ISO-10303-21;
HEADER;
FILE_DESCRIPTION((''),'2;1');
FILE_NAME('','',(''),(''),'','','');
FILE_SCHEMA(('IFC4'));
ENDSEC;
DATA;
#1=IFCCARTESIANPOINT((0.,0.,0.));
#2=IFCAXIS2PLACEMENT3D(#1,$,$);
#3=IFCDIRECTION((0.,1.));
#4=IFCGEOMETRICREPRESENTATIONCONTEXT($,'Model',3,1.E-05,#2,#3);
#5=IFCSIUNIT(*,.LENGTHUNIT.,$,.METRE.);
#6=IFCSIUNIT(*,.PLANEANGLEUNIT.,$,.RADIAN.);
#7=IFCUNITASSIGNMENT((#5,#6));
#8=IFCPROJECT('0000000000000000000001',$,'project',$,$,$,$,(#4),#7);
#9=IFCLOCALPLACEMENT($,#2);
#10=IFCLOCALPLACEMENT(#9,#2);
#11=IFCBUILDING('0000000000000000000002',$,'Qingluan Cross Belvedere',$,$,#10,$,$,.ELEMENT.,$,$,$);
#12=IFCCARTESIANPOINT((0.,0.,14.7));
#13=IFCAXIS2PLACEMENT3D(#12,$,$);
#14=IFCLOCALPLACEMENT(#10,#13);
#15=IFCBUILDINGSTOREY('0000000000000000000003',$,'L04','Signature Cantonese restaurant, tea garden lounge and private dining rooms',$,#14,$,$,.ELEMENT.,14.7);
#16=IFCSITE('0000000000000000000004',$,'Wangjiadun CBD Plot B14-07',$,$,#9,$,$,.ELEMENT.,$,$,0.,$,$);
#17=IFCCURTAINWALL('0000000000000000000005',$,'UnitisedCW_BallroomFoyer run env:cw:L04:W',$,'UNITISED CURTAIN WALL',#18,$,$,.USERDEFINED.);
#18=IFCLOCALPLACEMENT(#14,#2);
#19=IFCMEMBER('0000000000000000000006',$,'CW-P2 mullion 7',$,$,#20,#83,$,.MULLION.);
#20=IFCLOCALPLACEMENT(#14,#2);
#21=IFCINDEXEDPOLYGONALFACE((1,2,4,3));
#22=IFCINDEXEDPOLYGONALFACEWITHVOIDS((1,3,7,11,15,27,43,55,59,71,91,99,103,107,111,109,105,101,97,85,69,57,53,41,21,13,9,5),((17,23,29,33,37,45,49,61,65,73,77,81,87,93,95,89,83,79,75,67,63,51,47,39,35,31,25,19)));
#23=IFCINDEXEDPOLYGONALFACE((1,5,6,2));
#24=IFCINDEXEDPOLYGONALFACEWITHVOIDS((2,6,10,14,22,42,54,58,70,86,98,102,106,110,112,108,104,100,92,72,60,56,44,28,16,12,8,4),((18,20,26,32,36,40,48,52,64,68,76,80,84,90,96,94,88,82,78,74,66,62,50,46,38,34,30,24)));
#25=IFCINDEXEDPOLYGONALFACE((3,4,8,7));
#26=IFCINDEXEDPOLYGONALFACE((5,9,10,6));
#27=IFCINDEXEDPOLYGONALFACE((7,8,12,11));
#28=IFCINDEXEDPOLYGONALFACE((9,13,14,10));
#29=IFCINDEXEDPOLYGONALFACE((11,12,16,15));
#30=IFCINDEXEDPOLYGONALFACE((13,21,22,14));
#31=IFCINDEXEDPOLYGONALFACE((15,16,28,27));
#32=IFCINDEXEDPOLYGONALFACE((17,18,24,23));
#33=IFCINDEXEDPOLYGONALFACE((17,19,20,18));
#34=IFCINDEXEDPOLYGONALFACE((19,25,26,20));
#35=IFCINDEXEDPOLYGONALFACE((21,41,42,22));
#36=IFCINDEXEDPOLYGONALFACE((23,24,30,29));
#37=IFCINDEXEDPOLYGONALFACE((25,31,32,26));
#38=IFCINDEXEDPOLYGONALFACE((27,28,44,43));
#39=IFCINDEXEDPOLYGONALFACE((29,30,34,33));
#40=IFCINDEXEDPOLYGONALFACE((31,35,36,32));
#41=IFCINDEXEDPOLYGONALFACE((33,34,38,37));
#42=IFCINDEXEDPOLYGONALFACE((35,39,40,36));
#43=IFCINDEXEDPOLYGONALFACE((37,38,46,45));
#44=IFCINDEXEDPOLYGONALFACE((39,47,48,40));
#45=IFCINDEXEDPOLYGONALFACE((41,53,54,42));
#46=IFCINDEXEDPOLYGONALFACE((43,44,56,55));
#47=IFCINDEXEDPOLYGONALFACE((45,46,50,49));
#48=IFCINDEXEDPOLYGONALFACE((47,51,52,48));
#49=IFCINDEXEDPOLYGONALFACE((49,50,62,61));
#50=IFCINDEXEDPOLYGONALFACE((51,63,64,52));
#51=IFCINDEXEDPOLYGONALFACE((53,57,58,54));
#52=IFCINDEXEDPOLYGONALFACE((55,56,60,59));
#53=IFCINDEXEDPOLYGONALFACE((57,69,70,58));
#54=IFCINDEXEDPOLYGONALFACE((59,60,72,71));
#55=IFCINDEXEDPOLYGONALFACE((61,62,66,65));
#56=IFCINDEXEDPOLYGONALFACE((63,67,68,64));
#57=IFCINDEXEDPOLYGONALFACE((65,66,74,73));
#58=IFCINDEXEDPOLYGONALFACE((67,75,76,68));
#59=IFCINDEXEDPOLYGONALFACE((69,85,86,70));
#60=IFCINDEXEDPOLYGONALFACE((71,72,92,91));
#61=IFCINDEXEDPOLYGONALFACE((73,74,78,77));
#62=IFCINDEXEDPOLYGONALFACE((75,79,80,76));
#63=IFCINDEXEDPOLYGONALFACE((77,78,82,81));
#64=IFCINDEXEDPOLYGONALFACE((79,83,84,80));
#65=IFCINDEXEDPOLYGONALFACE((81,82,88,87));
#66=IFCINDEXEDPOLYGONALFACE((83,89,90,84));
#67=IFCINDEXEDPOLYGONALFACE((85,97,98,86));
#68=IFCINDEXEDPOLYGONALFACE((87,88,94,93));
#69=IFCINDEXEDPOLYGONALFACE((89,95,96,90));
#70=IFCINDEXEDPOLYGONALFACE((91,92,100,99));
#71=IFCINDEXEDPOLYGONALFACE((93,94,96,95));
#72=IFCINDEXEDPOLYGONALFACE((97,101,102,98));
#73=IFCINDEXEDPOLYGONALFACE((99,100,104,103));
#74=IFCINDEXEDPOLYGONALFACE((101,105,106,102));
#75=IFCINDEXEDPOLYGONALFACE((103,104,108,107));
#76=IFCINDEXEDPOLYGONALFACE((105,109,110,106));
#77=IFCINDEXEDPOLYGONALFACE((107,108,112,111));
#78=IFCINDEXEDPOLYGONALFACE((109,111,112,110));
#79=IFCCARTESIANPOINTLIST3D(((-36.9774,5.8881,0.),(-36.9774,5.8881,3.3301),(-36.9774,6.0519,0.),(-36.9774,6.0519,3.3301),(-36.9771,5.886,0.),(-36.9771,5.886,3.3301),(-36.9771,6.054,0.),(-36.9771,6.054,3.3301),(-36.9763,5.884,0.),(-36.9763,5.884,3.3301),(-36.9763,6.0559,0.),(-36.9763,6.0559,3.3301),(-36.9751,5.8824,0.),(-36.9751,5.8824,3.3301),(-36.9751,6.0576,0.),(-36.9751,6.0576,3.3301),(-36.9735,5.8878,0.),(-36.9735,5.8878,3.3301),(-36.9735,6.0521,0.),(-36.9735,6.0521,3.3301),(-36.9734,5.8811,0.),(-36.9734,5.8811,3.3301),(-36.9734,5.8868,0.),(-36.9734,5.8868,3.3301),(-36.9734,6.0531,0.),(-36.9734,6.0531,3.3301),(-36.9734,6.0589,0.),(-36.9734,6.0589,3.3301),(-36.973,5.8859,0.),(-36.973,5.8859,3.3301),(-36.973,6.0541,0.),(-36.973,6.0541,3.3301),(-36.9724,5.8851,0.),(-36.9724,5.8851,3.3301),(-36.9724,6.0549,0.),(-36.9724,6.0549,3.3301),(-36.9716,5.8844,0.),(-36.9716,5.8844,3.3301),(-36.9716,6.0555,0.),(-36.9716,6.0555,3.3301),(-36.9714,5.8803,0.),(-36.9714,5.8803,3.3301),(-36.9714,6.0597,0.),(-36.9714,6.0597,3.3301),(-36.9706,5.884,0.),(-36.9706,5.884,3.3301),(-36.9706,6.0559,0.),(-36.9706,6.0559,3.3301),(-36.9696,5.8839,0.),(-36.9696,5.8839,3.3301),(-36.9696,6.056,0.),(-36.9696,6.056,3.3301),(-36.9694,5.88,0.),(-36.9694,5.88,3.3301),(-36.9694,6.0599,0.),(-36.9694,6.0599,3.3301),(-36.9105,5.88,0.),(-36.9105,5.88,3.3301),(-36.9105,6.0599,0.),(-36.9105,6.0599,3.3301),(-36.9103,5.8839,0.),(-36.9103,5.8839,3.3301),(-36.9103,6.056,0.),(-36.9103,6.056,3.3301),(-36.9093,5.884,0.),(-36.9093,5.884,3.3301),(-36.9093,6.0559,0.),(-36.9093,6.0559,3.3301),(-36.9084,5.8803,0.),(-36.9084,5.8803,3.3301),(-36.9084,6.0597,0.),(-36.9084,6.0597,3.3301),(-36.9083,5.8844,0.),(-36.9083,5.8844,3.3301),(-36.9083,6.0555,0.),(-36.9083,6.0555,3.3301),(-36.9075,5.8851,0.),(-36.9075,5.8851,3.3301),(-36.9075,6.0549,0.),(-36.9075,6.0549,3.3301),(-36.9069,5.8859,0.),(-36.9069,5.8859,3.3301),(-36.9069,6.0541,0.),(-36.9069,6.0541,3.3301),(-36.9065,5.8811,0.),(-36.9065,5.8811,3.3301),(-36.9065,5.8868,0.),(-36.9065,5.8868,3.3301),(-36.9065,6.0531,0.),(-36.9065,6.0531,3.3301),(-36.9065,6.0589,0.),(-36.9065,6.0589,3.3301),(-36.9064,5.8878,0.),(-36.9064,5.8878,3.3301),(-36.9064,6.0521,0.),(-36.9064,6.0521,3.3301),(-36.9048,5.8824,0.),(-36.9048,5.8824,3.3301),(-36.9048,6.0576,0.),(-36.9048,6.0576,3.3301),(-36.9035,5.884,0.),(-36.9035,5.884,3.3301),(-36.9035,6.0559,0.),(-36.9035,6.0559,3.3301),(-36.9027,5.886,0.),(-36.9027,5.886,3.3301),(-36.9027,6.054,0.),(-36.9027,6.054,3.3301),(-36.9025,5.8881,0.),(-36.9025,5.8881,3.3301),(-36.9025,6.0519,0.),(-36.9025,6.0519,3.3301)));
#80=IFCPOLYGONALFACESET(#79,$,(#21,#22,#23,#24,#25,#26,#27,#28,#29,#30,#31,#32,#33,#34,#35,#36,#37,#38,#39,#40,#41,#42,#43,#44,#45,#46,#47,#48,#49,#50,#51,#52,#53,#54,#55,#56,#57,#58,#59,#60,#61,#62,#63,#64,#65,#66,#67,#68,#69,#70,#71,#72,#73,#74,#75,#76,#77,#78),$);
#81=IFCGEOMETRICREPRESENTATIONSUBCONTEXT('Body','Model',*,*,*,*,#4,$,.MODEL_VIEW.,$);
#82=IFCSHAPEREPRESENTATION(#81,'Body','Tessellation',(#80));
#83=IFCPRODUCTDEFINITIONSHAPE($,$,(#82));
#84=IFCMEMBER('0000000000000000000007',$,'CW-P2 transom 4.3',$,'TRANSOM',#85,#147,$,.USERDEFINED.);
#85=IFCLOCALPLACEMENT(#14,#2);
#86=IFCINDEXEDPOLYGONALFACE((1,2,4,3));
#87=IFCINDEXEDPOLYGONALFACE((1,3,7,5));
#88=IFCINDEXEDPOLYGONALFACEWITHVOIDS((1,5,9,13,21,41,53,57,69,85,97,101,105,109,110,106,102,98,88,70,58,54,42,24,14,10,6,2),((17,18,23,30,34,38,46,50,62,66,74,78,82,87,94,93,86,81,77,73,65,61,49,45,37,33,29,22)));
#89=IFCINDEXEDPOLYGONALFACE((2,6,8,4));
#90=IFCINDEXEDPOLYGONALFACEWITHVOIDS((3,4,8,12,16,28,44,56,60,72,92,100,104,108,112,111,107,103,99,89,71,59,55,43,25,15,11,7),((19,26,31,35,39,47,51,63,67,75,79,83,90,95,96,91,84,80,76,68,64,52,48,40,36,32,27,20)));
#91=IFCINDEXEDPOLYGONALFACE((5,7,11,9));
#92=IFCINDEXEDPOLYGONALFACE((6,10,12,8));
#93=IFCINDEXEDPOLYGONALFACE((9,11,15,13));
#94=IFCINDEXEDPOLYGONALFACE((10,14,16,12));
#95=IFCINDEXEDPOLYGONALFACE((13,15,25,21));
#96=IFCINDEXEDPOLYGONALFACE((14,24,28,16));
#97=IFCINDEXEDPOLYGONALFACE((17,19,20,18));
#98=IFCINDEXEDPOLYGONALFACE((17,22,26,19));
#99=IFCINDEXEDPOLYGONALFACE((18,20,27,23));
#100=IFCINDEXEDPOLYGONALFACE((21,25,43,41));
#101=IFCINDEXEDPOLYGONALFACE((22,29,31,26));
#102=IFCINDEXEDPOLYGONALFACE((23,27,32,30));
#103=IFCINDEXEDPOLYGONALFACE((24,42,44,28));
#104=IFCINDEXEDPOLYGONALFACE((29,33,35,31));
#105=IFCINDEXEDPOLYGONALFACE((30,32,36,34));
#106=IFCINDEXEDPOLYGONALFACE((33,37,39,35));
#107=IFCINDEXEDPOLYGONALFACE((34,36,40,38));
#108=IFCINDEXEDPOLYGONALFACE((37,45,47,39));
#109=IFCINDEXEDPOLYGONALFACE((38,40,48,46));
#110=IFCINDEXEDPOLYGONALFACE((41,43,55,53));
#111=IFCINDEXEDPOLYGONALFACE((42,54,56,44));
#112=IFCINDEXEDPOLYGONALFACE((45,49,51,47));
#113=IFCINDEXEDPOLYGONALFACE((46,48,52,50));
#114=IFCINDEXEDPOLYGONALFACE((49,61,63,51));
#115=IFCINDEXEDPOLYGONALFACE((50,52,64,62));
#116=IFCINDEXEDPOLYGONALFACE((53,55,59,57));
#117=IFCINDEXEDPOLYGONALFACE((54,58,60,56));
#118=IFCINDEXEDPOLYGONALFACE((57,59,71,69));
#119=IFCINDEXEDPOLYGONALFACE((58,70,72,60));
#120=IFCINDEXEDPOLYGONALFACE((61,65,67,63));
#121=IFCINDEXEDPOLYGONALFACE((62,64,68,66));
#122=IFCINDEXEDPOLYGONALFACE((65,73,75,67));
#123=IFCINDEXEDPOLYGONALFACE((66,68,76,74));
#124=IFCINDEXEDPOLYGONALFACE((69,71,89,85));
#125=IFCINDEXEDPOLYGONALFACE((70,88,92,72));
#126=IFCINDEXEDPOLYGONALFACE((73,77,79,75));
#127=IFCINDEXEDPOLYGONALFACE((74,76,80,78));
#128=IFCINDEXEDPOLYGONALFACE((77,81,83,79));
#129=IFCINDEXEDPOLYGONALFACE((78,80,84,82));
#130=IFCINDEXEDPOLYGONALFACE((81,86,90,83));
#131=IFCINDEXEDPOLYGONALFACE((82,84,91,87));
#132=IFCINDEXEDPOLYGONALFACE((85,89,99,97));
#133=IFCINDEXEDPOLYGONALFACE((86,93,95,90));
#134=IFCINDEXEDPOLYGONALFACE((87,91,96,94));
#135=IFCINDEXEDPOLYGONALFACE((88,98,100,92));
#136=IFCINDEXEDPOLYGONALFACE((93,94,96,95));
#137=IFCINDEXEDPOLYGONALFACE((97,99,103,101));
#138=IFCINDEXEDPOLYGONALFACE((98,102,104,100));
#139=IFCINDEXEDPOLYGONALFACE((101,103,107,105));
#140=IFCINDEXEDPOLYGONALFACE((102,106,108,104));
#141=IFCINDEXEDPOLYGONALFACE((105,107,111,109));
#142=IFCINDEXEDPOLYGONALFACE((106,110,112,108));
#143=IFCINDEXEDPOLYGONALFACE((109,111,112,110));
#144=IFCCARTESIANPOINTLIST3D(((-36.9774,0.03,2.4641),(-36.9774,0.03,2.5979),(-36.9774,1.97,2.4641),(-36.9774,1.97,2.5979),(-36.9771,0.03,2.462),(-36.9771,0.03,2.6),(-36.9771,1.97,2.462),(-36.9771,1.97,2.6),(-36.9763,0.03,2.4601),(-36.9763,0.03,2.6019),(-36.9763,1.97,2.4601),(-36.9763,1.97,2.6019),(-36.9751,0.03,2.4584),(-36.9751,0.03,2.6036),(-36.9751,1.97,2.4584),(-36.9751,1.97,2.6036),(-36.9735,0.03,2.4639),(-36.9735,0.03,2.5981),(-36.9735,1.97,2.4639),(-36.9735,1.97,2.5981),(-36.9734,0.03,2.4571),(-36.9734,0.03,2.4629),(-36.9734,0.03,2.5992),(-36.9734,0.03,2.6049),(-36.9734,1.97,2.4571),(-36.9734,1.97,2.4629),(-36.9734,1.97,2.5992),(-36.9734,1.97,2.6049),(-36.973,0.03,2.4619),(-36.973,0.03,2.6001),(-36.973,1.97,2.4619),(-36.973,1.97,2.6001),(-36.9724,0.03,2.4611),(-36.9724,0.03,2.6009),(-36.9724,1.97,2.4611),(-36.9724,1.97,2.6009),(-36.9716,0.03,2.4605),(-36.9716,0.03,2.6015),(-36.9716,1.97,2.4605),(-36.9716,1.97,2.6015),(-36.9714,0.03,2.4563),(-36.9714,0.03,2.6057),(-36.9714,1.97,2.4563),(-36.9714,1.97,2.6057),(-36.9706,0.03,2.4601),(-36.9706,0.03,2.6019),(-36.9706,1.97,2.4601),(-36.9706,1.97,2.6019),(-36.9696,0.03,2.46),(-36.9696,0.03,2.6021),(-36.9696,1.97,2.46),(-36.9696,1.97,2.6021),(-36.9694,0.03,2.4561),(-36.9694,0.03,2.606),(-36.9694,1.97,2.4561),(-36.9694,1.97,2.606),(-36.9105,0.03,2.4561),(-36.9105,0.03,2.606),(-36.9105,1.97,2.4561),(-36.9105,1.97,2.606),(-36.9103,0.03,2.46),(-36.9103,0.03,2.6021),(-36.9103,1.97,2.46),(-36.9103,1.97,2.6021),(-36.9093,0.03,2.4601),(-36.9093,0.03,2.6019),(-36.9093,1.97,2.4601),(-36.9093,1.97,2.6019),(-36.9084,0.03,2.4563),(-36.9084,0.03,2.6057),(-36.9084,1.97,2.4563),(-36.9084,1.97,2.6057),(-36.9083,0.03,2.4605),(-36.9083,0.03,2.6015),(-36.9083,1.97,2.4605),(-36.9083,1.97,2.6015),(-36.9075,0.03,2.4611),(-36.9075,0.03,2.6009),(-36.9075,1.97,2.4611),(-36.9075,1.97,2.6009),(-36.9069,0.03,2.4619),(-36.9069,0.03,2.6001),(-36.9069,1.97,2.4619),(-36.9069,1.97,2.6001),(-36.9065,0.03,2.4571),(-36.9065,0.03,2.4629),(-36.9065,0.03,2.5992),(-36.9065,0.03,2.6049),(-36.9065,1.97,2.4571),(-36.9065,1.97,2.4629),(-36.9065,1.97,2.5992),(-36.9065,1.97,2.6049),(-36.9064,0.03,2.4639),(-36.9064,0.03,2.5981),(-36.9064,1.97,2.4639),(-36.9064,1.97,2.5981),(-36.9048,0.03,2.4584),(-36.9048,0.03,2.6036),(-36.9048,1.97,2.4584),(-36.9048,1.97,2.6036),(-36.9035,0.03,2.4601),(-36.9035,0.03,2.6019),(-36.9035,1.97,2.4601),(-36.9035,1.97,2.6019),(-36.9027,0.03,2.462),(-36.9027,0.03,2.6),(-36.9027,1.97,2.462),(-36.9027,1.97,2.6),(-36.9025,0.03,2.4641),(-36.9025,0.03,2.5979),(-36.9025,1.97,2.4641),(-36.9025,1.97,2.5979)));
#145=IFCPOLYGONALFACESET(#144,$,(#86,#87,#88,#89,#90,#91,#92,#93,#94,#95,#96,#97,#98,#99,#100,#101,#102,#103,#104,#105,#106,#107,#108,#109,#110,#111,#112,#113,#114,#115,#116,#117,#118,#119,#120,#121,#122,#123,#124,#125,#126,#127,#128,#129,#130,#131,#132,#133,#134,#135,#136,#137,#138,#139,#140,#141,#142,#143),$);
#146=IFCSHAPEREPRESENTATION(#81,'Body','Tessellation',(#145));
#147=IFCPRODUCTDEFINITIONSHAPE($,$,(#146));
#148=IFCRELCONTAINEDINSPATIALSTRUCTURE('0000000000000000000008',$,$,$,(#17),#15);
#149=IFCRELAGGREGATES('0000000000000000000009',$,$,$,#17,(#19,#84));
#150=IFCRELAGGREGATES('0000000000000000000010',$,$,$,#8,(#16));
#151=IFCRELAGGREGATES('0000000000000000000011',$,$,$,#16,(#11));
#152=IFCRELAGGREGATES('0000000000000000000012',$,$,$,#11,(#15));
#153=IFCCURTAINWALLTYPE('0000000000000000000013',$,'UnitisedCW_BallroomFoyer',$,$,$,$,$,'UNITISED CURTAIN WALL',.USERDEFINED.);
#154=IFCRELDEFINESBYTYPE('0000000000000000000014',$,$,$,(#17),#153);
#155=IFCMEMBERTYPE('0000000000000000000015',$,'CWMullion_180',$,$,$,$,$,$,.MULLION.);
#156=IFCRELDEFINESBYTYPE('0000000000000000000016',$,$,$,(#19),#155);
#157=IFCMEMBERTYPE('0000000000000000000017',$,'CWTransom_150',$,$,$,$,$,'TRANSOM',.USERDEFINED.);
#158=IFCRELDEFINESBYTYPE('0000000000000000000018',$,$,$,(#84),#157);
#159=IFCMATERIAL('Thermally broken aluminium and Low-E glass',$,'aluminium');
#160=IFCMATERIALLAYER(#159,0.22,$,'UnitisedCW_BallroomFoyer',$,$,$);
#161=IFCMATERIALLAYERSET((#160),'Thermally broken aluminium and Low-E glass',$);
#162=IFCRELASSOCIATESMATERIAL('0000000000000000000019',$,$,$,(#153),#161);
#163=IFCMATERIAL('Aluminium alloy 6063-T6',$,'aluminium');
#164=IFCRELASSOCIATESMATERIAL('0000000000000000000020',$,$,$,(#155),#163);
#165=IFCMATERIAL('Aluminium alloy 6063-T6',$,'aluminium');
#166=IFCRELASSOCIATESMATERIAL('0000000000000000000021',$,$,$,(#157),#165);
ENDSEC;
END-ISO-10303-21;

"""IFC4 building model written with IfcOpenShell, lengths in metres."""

from ifc_helpers import new_model, si_unit, direction, frame, origin, origin_2d, place, context, subcontext, project, spatial, hollow_rectangle, extrude, material, layer, layer_set, material_profile, profile_set, type_object, element, aggregate, save


model = new_model("IFC4")

# Units and contexts
model_context = context("Model", 3, precision=1e-05, world=origin(), true_north=direction((0.0, 1.0)))
body_context = subcontext(model_context, "Body", "Model", "MODEL_VIEW")
ifc_project = project(units=[si_unit("LENGTHUNIT", "METRE"), si_unit("PLANEANGLEUNIT", "RADIAN")], contexts=[model_context])

# Site, building, storey
site_placement = place(None, origin())
site = spatial("IfcSite", under=ifc_project, at=site_placement, Name="Wangjiadun CBD Plot B14-07", CompositionType="ELEMENT", RefElevation=0.0)
building_placement = place(site_placement, origin())
building = spatial("IfcBuilding", under=site, at=building_placement, Name="Qingluan Cross Belvedere", CompositionType="ELEMENT")
storey_placement = place(building_placement, frame((0.0, 0.0, 14.7)))
storey = spatial("IfcBuildingStorey", under=building, at=storey_placement, Name="L04", Description="Signature Cantonese restaurant, tea garden lounge and private dining rooms", CompositionType="ELEMENT", Elevation=14.7)

# Curtain wall, members
ifc_material_1 = material(Name="Thermally broken aluminium and Low-E glass", Category="aluminium")
ifc_layer_1 = layer(ifc_material_1, 0.22, Name="UnitisedCW_BallroomFoyer")
ifc_layer_set_1 = layer_set([ifc_layer_1], Name="Thermally broken aluminium and Low-E glass")
curtain_wall_type = type_object("IfcCurtainWallType", Name="UnitisedCW_BallroomFoyer", ElementType="UNITISED CURTAIN WALL", PredefinedType="USERDEFINED", material=ifc_layer_set_1)
curtain_wall_placement = place(storey_placement, origin())
curtain_wall = element("IfcCurtainWall", 1, at=curtain_wall_placement, inside=storey, type_object=curtain_wall_type, Name="UnitisedCW_BallroomFoyer run env:cw:L04:W", ObjectType="UNITISED CURTAIN WALL", PredefinedType="USERDEFINED")
ifc_material_2 = material(Name="Aluminium alloy 6063-T6", Category="aluminium")
ifc_material_profile_1 = material_profile(ifc_material_2, hollow_rectangle(XDim=0.075, YDim=0.1799, WallThickness=0.0039, InnerFilletRadius=0.0039, OuterFilletRadius=0.0081, at=origin_2d()), Name="CWM180x75x4")
ifc_profile_set_1 = profile_set([ifc_material_profile_1], Name="Aluminium alloy 6063-T6")
member_type_1 = type_object("IfcMemberType", Name="CWMullion_180", PredefinedType="MULLION", material=ifc_profile_set_1)
member_1_placement = place(storey_placement, frame((-36.9399, 5.97, 0.0), z_axis=(0.0, 0.0, 1.0), x_axis=(-1.0, 0.0, 0.0)))
member_1 = element("IfcMember", 2, at=member_1_placement, type_object=member_type_1, Name="CW-P2 mullion 7", PredefinedType="MULLION", context=body_context, shape_type="SweptSolid", body=[
    extrude(hollow_rectangle(XDim=0.075, YDim=0.1799, WallThickness=0.0039, InnerFilletRadius=0.0039, OuterFilletRadius=0.0081, at=origin_2d()), origin(), (0.0, 0.0, 1.0), 3.3301),
])
ifc_material_3 = material(Name="Aluminium alloy 6063-T6", Category="aluminium")
ifc_material_profile_2 = material_profile(ifc_material_3, hollow_rectangle(XDim=0.075, YDim=0.1499, WallThickness=0.0039, InnerFilletRadius=0.0039, OuterFilletRadius=0.0081, at=origin_2d()), Name="CWT150x75x4")
ifc_profile_set_2 = profile_set([ifc_material_profile_2], Name="Aluminium alloy 6063-T6")
member_type_2 = type_object("IfcMemberType", Name="CWTransom_150", ElementType="TRANSOM", PredefinedType="USERDEFINED", material=ifc_profile_set_2)
member_2_placement = place(storey_placement, frame((-36.9399, 0.03, 2.531), z_axis=(0.0, 1.0, 0.0), x_axis=(-1.0, 0.0, 0.0)))
member_2 = element("IfcMember", 3, at=member_2_placement, type_object=member_type_2, Name="CW-P2 transom 4.3", ObjectType="TRANSOM", PredefinedType="USERDEFINED", context=body_context, shape_type="SweptSolid", body=[
    extrude(hollow_rectangle(XDim=0.075, YDim=0.1499, WallThickness=0.0039, InnerFilletRadius=0.0039, OuterFilletRadius=0.0081, at=origin_2d()), origin(), (0.0, 0.0, 1.0), 1.9399),
])
aggregate(curtain_wall, [member_1, member_2])

save(model, "model.ifc")
